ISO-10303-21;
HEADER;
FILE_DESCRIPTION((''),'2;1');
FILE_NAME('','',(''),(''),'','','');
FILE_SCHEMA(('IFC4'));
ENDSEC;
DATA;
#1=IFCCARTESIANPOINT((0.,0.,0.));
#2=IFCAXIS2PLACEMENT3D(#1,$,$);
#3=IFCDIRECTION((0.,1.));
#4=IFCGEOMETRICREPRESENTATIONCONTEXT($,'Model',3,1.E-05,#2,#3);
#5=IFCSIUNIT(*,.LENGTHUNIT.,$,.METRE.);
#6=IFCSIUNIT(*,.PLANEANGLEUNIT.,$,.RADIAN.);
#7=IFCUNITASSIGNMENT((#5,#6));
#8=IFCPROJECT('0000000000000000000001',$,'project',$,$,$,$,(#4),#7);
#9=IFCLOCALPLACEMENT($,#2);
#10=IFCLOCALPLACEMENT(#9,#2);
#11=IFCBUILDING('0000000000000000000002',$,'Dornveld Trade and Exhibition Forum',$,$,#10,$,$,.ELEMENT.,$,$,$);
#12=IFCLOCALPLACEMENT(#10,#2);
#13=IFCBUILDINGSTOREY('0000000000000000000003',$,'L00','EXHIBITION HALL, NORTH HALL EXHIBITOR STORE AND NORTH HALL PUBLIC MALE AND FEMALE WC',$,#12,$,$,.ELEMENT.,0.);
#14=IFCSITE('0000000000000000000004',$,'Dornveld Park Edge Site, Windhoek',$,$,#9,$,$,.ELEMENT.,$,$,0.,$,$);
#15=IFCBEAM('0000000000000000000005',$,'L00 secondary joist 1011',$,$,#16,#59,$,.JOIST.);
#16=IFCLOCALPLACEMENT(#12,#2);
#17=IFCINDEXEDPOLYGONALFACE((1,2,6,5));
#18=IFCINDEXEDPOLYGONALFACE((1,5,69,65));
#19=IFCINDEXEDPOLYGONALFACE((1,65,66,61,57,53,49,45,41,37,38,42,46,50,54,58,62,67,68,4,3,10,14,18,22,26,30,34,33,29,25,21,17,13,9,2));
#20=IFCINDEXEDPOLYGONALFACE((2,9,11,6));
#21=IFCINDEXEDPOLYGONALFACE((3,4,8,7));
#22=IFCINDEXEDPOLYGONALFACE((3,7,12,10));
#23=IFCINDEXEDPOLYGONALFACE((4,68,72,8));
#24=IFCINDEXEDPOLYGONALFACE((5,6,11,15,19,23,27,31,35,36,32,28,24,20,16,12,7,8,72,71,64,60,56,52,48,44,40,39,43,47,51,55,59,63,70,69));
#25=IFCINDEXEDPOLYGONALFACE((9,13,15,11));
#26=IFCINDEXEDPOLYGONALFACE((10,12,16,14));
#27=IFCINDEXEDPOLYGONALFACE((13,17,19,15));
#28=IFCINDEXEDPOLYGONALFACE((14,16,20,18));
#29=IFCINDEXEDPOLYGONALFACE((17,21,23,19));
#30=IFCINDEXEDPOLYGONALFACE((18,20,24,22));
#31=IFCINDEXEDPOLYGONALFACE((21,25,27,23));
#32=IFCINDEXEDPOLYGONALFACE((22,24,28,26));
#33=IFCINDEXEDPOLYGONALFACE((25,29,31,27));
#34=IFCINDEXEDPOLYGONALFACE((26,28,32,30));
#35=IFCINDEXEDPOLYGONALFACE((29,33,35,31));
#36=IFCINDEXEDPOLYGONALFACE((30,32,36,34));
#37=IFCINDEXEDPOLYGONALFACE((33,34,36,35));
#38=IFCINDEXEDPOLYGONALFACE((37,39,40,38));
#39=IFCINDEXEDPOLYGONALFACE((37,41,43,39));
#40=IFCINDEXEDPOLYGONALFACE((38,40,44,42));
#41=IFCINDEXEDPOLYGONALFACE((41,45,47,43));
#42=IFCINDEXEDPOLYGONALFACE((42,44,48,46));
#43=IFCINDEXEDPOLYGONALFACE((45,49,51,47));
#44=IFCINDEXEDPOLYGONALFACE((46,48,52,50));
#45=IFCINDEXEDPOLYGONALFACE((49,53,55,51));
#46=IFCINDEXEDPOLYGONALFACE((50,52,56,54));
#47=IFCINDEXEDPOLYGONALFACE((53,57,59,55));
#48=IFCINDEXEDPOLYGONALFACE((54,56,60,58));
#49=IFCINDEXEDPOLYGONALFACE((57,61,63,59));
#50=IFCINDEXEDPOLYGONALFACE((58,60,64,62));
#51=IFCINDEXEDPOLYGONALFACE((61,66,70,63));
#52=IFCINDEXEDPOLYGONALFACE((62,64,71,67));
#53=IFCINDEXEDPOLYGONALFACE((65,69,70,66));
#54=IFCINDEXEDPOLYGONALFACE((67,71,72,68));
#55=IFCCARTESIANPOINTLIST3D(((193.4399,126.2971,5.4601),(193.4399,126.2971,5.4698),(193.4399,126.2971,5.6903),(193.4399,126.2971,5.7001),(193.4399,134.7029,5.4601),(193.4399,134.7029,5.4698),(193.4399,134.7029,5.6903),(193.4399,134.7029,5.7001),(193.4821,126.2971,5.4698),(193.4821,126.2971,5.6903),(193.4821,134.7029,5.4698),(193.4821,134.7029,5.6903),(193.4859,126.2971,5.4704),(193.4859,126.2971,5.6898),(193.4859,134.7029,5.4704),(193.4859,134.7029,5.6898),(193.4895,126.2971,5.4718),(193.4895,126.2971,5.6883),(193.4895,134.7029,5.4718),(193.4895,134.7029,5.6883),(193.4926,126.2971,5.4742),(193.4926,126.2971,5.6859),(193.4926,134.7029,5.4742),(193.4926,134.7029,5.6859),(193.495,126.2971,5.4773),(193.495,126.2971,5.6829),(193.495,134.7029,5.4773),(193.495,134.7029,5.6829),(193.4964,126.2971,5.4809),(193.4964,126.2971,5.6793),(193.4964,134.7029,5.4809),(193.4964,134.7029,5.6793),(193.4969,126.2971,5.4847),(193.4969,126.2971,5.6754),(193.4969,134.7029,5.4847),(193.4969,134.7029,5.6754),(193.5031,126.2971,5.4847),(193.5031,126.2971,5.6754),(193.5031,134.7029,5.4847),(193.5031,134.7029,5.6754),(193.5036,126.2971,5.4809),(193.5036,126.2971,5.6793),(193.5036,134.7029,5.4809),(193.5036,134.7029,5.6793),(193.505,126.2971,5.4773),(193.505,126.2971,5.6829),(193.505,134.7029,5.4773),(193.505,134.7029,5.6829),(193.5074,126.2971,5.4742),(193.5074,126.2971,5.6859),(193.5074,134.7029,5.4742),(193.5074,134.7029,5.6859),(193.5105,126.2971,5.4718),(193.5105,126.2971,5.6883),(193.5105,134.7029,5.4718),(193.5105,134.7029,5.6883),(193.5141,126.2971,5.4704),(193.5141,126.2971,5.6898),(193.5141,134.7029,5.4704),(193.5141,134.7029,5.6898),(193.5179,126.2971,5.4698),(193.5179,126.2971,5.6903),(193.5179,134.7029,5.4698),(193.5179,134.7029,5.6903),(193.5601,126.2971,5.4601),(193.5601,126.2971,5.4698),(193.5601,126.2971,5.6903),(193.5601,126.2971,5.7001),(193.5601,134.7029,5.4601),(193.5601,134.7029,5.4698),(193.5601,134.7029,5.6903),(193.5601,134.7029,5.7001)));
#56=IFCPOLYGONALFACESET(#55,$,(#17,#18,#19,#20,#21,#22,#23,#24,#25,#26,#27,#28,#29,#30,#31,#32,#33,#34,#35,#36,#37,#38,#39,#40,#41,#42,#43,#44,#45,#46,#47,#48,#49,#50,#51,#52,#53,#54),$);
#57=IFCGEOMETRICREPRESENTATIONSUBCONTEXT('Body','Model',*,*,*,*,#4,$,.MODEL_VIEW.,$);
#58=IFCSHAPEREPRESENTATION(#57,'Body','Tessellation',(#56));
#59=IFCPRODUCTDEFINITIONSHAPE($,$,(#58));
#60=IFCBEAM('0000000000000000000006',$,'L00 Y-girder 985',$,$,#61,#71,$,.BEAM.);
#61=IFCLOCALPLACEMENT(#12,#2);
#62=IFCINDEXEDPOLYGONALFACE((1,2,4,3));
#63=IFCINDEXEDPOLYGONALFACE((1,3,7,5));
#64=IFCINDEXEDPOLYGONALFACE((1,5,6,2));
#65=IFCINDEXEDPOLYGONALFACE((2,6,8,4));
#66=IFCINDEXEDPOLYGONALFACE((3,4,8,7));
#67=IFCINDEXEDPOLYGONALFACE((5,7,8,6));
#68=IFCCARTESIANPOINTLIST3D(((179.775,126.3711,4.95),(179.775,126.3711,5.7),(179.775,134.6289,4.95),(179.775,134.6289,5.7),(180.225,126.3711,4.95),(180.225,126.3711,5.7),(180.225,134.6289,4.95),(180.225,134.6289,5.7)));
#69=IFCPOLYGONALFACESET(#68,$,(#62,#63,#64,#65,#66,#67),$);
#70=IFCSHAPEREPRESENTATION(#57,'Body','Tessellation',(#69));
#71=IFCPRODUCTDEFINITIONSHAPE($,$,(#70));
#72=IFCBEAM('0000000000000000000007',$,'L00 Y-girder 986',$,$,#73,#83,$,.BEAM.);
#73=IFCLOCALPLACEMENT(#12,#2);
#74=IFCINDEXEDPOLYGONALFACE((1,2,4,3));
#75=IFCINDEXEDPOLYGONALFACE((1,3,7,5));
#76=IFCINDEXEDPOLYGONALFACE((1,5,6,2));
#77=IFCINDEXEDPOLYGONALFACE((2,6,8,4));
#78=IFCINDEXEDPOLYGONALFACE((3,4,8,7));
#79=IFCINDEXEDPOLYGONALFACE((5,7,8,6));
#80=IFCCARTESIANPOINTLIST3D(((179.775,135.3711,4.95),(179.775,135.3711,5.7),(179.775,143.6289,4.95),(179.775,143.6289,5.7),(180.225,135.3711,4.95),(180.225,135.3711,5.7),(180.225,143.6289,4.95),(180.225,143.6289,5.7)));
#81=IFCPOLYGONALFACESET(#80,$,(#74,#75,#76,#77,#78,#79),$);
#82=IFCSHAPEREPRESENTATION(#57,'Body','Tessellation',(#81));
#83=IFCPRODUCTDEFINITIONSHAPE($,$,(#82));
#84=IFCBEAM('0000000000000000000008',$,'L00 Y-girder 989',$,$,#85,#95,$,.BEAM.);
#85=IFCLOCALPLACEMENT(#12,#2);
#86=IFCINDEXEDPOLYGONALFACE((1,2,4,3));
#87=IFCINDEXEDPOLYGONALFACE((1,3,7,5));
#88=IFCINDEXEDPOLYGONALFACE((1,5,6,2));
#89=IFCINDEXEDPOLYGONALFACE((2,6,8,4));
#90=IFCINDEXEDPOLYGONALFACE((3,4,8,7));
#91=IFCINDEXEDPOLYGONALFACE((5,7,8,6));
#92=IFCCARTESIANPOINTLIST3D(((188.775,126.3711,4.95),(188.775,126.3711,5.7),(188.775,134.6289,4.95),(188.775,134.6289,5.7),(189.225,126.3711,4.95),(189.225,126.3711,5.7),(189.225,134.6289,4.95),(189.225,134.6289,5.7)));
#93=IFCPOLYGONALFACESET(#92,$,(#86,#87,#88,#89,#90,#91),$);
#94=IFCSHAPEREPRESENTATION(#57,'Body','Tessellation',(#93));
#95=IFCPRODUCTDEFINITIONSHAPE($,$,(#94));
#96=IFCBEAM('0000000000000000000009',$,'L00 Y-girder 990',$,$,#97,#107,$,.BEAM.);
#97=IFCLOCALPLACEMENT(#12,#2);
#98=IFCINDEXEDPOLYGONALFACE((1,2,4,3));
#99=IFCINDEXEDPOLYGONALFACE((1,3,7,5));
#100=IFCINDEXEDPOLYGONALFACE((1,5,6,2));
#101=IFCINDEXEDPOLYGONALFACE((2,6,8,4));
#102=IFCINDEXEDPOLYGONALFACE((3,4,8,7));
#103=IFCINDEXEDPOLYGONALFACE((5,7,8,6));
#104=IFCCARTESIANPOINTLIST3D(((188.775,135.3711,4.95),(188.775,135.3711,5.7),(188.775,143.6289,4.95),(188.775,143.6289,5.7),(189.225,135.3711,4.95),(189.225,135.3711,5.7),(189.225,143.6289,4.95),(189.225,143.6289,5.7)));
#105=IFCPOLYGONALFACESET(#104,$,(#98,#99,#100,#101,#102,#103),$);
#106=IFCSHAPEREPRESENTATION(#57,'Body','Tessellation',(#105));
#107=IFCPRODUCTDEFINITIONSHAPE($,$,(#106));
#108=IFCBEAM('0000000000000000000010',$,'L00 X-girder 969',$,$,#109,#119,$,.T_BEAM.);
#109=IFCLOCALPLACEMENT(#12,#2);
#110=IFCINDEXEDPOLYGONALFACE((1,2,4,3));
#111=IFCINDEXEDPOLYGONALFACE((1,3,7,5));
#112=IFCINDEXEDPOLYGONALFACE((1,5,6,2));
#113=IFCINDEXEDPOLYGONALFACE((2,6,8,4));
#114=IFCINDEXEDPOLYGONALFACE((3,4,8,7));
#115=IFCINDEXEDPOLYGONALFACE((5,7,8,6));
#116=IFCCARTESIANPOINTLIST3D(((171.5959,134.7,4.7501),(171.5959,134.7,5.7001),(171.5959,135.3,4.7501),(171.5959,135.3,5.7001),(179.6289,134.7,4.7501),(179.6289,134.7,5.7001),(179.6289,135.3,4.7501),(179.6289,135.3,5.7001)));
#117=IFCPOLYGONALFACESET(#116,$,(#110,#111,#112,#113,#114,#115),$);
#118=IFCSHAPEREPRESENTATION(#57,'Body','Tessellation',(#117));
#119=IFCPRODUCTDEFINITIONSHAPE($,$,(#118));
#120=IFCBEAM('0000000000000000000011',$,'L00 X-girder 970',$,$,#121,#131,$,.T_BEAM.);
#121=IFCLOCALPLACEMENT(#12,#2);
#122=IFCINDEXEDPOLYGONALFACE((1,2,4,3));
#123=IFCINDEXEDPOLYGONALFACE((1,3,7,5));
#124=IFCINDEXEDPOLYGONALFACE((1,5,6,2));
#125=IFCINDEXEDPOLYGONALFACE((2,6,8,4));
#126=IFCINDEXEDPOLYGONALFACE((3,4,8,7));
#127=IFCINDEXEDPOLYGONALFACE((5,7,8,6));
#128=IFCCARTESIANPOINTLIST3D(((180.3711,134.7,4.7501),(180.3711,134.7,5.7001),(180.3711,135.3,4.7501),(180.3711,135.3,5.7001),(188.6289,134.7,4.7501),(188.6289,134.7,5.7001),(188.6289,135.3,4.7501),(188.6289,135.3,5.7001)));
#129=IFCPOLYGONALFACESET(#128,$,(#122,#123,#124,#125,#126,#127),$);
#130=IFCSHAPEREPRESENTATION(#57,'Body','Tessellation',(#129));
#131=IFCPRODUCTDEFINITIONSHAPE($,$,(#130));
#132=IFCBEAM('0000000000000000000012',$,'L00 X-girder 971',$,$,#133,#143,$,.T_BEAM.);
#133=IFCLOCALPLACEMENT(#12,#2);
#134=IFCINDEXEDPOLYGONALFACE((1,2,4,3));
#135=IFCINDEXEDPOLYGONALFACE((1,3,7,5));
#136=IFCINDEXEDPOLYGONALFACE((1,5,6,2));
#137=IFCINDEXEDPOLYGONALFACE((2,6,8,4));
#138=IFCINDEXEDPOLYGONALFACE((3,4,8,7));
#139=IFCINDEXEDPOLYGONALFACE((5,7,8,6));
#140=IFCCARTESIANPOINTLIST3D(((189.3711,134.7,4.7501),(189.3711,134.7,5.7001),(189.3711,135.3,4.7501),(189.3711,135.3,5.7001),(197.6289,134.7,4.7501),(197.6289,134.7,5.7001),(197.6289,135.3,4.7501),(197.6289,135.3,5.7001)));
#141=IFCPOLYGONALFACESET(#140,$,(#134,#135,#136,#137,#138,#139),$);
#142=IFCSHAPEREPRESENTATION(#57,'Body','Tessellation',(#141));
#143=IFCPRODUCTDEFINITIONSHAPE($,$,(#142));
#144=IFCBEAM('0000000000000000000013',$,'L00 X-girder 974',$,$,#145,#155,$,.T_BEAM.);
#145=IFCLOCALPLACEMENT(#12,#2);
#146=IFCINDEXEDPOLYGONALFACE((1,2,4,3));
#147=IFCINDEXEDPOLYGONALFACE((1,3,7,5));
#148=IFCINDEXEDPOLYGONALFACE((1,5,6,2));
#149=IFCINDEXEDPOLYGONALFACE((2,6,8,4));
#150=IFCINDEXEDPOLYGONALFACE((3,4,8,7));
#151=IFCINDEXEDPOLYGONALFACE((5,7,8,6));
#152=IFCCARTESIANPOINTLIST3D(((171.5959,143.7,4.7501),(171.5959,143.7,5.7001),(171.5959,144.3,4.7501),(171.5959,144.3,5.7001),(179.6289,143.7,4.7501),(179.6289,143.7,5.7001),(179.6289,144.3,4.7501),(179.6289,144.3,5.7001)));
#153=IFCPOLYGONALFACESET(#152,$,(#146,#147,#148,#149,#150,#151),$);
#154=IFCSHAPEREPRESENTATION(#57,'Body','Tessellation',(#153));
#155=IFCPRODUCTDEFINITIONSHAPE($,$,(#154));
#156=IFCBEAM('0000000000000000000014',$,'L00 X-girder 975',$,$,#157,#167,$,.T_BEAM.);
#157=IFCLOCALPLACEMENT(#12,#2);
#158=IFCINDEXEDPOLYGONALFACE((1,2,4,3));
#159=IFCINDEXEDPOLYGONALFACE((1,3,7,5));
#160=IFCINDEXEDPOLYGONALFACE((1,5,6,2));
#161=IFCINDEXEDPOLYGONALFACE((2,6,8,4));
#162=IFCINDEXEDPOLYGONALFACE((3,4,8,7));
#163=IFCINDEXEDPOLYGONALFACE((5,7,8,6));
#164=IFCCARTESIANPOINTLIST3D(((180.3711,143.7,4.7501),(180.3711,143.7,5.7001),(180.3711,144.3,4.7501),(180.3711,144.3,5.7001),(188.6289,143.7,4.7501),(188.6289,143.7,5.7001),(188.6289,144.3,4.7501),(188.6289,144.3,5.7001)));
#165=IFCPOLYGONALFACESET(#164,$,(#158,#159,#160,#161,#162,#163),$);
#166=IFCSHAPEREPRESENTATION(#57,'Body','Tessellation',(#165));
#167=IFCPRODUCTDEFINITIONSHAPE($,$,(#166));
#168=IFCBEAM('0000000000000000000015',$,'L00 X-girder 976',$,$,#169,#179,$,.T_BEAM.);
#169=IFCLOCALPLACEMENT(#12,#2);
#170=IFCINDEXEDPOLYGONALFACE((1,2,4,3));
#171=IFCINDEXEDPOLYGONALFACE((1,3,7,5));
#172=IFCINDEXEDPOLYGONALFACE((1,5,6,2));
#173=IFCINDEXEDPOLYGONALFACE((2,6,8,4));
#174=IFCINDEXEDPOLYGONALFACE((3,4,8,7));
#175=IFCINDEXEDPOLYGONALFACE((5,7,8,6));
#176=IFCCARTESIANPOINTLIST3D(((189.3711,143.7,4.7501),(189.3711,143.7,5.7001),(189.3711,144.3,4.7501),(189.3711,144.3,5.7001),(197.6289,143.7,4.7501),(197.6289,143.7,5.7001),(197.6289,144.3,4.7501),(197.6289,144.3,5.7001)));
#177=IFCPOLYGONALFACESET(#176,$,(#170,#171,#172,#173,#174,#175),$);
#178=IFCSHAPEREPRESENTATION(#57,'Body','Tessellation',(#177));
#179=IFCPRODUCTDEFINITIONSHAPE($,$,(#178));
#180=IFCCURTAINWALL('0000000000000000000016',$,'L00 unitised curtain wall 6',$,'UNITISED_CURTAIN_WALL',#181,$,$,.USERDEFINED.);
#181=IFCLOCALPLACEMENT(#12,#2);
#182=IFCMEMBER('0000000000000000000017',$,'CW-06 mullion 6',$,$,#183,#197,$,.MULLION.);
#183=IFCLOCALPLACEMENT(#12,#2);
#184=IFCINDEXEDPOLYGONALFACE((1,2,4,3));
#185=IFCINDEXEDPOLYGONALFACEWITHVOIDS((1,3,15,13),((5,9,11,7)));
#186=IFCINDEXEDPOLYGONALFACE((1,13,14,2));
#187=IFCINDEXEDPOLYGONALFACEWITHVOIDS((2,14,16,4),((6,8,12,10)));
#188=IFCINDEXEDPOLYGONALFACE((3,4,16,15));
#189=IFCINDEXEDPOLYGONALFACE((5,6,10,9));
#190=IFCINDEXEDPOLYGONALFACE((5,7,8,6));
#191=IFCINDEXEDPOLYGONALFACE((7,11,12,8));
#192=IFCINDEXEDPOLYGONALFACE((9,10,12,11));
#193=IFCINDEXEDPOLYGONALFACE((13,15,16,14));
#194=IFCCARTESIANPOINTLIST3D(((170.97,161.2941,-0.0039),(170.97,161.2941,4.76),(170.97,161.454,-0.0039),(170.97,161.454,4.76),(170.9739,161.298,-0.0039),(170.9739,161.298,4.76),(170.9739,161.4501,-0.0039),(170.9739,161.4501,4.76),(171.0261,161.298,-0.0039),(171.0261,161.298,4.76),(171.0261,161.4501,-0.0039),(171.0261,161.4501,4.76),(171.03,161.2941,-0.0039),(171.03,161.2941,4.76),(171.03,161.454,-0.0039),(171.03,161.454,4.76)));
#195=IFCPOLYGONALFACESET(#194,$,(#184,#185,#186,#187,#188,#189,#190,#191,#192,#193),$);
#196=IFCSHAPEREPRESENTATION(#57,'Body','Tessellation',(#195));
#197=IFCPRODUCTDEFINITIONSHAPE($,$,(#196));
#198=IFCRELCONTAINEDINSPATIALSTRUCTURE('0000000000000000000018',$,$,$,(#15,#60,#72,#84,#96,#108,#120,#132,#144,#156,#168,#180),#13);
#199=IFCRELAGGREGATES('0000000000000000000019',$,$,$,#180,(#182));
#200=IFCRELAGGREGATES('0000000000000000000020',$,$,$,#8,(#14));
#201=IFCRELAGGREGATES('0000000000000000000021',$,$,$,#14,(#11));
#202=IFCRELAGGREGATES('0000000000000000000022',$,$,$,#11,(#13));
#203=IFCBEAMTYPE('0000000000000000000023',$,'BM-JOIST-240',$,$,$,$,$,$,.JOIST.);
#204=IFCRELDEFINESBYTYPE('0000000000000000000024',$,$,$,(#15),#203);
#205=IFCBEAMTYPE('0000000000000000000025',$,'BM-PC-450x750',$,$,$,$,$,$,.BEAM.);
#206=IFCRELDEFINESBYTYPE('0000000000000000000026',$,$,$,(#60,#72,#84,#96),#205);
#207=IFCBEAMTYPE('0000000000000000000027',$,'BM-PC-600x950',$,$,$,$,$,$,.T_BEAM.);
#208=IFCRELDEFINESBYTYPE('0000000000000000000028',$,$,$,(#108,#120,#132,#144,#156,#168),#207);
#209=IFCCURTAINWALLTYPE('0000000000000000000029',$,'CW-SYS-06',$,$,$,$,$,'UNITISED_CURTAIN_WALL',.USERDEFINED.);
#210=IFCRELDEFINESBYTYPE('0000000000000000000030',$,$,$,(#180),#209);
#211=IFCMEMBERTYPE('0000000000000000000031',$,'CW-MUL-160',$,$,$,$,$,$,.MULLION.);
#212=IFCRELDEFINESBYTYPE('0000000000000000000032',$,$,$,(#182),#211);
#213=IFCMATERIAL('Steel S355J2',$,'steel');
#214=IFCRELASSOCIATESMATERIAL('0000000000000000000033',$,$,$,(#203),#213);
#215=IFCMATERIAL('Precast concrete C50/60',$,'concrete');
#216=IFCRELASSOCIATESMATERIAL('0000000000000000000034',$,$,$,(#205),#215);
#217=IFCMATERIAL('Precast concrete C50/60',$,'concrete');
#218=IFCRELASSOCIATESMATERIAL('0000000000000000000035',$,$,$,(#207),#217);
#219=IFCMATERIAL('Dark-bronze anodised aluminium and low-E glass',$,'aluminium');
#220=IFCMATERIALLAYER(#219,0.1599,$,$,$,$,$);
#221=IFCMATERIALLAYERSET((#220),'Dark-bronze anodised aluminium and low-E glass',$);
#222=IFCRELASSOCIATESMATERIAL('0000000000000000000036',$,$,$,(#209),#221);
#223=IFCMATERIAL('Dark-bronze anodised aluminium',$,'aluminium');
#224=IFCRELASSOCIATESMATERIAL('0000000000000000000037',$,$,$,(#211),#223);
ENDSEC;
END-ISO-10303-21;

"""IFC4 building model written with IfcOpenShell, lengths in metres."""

from ifc_helpers import new_model, si_unit, direction, frame, origin, origin_2d, place, context, subcontext, project, spatial, rectangle, hollow_rectangle, i_section, extrude, material, layer, layer_set, material_profile, profile_set, type_object, element, aggregate, save


model = new_model("IFC4")

# Units and contexts
model_context = context("Model", 3, precision=1e-05, world=origin(), true_north=direction((0.0, 1.0)))
body_context = subcontext(model_context, "Body", "Model", "MODEL_VIEW")
ifc_project = project(units=[si_unit("LENGTHUNIT", "METRE"), si_unit("PLANEANGLEUNIT", "RADIAN")], contexts=[model_context])

# Site, building, storey
site_placement = place(None, origin())
site = spatial("IfcSite", under=ifc_project, at=site_placement, Name="Dornveld Park Edge Site, Windhoek", CompositionType="ELEMENT", RefElevation=0.0)
building_placement = place(site_placement, origin())
building = spatial("IfcBuilding", under=site, at=building_placement, Name="Dornveld Trade and Exhibition Forum", CompositionType="ELEMENT")
storey_placement = place(building_placement, origin())
storey = spatial("IfcBuildingStorey", under=building, at=storey_placement, Name="L00", Description="EXHIBITION HALL, NORTH HALL EXHIBITOR STORE AND NORTH HALL PUBLIC MALE AND FEMALE WC", CompositionType="ELEMENT", Elevation=0.0)

# Beams
ifc_material_1 = material(Name="Steel S355J2", Category="steel")
ifc_material_profile_1 = material_profile(ifc_material_1, i_section(OverallWidth=0.1201, OverallDepth=0.24, WebThickness=0.0061, FlangeThickness=0.0098, FilletRadius=0.0149, at=origin_2d()), Name="IPE 240")
ifc_profile_set_1 = profile_set([ifc_material_profile_1], Name="Steel S355J2")
beam_type_1 = type_object("IfcBeamType", Name="BM-JOIST-240", PredefinedType="JOIST", material=ifc_profile_set_1)
for number, where, z_axis, x_axis, name in (
    (1, (193.5, 126.2971, 5.5801), (0.0, 1.0, 0.0), (-1.0, 0.0, 0.0), "L00 secondary joist 1011"),
):
    element("IfcBeam", number, at=place(storey_placement, frame(where, z_axis=z_axis, x_axis=x_axis)), inside=storey, type_object=beam_type_1, Name=name, PredefinedType="JOIST", context=body_context, shape_type="SweptSolid", body=[
        extrude(i_section(OverallWidth=0.1201, OverallDepth=0.24, WebThickness=0.0061, FlangeThickness=0.0098, FilletRadius=0.0149, at=origin_2d()), origin(), (0.0, 0.0, 1.0), 8.4058),
    ])
ifc_material_2 = material(Name="Precast concrete C50/60", Category="concrete")
ifc_material_profile_2 = material_profile(ifc_material_2, rectangle(XDim=0.45, YDim=0.75, at=origin_2d()), Name="PC-BM 450x750")
ifc_profile_set_2 = profile_set([ifc_material_profile_2], Name="Precast concrete C50/60")
beam_type_2 = type_object("IfcBeamType", Name="BM-PC-450x750", PredefinedType="BEAM", material=ifc_profile_set_2)
for number, where, z_axis, x_axis, name in (
    (2, (180.0, 126.3711, 5.325), (0.0, 1.0, 0.0), (-1.0, 0.0, 0.0), "L00 Y-girder 985"),
    (3, (180.0, 135.3711, 5.325), (0.0, 1.0, 0.0), (-1.0, 0.0, 0.0), "L00 Y-girder 986"),
    (4, (189.0, 126.3711, 5.325), (0.0, 1.0, 0.0), (-1.0, 0.0, 0.0), "L00 Y-girder 989"),
    (5, (189.0, 135.3711, 5.325), (0.0, 1.0, 0.0), (-1.0, 0.0, 0.0), "L00 Y-girder 990"),
):
    element("IfcBeam", number, at=place(storey_placement, frame(where, z_axis=z_axis, x_axis=x_axis)), inside=storey, type_object=beam_type_2, Name=name, PredefinedType="BEAM", context=body_context, shape_type="SweptSolid", body=[
        extrude(rectangle(XDim=0.45, YDim=0.75, at=origin_2d()), origin(), (0.0, 0.0, 1.0), 8.2578),
    ])
ifc_material_3 = material(Name="Precast concrete C50/60", Category="concrete")
ifc_material_profile_3 = material_profile(ifc_material_3, rectangle(XDim=0.6001, YDim=0.95, at=origin_2d()), Name="PC-GIR 600x950")
ifc_profile_set_3 = profile_set([ifc_material_profile_3], Name="Precast concrete C50/60")
beam_type_3 = type_object("IfcBeamType", Name="BM-PC-600x950", PredefinedType="T_BEAM", material=ifc_profile_set_3)
beam_1_placement = place(storey_placement, frame((171.5959, 135.0, 5.2251), z_axis=(1.0, 0.0, 0.0), x_axis=(0.0, 1.0, 0.0)))
element("IfcBeam", 6, at=beam_1_placement, inside=storey, type_object=beam_type_3, Name="L00 X-girder 969", PredefinedType="T_BEAM", context=body_context, shape_type="SweptSolid", body=[
    extrude(rectangle(XDim=0.6001, YDim=0.95, at=origin_2d()), origin(), (0.0, 0.0, 1.0), 8.033),
])
for number, where, z_axis, x_axis, name in (
    (7, (180.3711, 135.0, 5.2251), (1.0, 0.0, 0.0), (0.0, 1.0, 0.0), "L00 X-girder 970"),
    (8, (189.3711, 135.0, 5.2251), (1.0, 0.0, 0.0), (0.0, 1.0, 0.0), "L00 X-girder 971"),
):
    element("IfcBeam", number, at=place(storey_placement, frame(where, z_axis=z_axis, x_axis=x_axis)), inside=storey, type_object=beam_type_3, Name=name, PredefinedType="T_BEAM", context=body_context, shape_type="SweptSolid", body=[
        extrude(rectangle(XDim=0.6001, YDim=0.95, at=origin_2d()), origin(), (0.0, 0.0, 1.0), 8.2578),
    ])
beam_2_placement = place(storey_placement, frame((171.5959, 144.0, 5.2251), z_axis=(1.0, 0.0, 0.0), x_axis=(0.0, 1.0, 0.0)))
element("IfcBeam", 9, at=beam_2_placement, inside=storey, type_object=beam_type_3, Name="L00 X-girder 974", PredefinedType="T_BEAM", context=body_context, shape_type="SweptSolid", body=[
    extrude(rectangle(XDim=0.6001, YDim=0.95, at=origin_2d()), origin(), (0.0, 0.0, 1.0), 8.033),
])
for number, where, z_axis, x_axis, name in (
    (10, (180.3711, 144.0, 5.2251), (1.0, 0.0, 0.0), (0.0, 1.0, 0.0), "L00 X-girder 975"),
    (11, (189.3711, 144.0, 5.2251), (1.0, 0.0, 0.0), (0.0, 1.0, 0.0), "L00 X-girder 976"),
):
    element("IfcBeam", number, at=place(storey_placement, frame(where, z_axis=z_axis, x_axis=x_axis)), inside=storey, type_object=beam_type_3, Name=name, PredefinedType="T_BEAM", context=body_context, shape_type="SweptSolid", body=[
        extrude(rectangle(XDim=0.6001, YDim=0.95, at=origin_2d()), origin(), (0.0, 0.0, 1.0), 8.2578),
    ])

# Curtain wall, member
ifc_material_4 = material(Name="Dark-bronze anodised aluminium and low-E glass", Category="aluminium")
ifc_layer_1 = layer(ifc_material_4, 0.1599)
ifc_layer_set_1 = layer_set([ifc_layer_1], Name="Dark-bronze anodised aluminium and low-E glass")
curtain_wall_type = type_object("IfcCurtainWallType", Name="CW-SYS-06", ElementType="UNITISED_CURTAIN_WALL", PredefinedType="USERDEFINED", material=ifc_layer_set_1)
curtain_wall_placement = place(storey_placement, origin())
curtain_wall = element("IfcCurtainWall", 12, at=curtain_wall_placement, inside=storey, type_object=curtain_wall_type, Name="L00 unitised curtain wall 6", ObjectType="UNITISED_CURTAIN_WALL", PredefinedType="USERDEFINED")
ifc_material_5 = material(Name="Dark-bronze anodised aluminium", Category="aluminium")
ifc_material_profile_4 = material_profile(ifc_material_5, hollow_rectangle(XDim=0.0601, YDim=0.1599, WallThickness=0.0039, at=origin_2d()), Name="RHS 160x60x4")
ifc_profile_set_4 = profile_set([ifc_material_profile_4], Name="Dark-bronze anodised aluminium")
member_type = type_object("IfcMemberType", Name="CW-MUL-160", PredefinedType="MULLION", material=ifc_profile_set_4)
member_placement = place(storey_placement, frame((171.0, 161.374, -0.0039), z_axis=(0.0, 0.0, 1.0), x_axis=(-1.0, 0.0, 0.0)))
member = element("IfcMember", 13, at=member_placement, type_object=member_type, Name="CW-06 mullion 6", PredefinedType="MULLION", context=body_context, shape_type="SweptSolid", body=[
    extrude(hollow_rectangle(XDim=0.0601, YDim=0.1599, WallThickness=0.0039, at=origin_2d()), origin(), (0.0, 0.0, 1.0), 4.7639),
])
aggregate(curtain_wall, [member])

save(model, "model.ifc")
